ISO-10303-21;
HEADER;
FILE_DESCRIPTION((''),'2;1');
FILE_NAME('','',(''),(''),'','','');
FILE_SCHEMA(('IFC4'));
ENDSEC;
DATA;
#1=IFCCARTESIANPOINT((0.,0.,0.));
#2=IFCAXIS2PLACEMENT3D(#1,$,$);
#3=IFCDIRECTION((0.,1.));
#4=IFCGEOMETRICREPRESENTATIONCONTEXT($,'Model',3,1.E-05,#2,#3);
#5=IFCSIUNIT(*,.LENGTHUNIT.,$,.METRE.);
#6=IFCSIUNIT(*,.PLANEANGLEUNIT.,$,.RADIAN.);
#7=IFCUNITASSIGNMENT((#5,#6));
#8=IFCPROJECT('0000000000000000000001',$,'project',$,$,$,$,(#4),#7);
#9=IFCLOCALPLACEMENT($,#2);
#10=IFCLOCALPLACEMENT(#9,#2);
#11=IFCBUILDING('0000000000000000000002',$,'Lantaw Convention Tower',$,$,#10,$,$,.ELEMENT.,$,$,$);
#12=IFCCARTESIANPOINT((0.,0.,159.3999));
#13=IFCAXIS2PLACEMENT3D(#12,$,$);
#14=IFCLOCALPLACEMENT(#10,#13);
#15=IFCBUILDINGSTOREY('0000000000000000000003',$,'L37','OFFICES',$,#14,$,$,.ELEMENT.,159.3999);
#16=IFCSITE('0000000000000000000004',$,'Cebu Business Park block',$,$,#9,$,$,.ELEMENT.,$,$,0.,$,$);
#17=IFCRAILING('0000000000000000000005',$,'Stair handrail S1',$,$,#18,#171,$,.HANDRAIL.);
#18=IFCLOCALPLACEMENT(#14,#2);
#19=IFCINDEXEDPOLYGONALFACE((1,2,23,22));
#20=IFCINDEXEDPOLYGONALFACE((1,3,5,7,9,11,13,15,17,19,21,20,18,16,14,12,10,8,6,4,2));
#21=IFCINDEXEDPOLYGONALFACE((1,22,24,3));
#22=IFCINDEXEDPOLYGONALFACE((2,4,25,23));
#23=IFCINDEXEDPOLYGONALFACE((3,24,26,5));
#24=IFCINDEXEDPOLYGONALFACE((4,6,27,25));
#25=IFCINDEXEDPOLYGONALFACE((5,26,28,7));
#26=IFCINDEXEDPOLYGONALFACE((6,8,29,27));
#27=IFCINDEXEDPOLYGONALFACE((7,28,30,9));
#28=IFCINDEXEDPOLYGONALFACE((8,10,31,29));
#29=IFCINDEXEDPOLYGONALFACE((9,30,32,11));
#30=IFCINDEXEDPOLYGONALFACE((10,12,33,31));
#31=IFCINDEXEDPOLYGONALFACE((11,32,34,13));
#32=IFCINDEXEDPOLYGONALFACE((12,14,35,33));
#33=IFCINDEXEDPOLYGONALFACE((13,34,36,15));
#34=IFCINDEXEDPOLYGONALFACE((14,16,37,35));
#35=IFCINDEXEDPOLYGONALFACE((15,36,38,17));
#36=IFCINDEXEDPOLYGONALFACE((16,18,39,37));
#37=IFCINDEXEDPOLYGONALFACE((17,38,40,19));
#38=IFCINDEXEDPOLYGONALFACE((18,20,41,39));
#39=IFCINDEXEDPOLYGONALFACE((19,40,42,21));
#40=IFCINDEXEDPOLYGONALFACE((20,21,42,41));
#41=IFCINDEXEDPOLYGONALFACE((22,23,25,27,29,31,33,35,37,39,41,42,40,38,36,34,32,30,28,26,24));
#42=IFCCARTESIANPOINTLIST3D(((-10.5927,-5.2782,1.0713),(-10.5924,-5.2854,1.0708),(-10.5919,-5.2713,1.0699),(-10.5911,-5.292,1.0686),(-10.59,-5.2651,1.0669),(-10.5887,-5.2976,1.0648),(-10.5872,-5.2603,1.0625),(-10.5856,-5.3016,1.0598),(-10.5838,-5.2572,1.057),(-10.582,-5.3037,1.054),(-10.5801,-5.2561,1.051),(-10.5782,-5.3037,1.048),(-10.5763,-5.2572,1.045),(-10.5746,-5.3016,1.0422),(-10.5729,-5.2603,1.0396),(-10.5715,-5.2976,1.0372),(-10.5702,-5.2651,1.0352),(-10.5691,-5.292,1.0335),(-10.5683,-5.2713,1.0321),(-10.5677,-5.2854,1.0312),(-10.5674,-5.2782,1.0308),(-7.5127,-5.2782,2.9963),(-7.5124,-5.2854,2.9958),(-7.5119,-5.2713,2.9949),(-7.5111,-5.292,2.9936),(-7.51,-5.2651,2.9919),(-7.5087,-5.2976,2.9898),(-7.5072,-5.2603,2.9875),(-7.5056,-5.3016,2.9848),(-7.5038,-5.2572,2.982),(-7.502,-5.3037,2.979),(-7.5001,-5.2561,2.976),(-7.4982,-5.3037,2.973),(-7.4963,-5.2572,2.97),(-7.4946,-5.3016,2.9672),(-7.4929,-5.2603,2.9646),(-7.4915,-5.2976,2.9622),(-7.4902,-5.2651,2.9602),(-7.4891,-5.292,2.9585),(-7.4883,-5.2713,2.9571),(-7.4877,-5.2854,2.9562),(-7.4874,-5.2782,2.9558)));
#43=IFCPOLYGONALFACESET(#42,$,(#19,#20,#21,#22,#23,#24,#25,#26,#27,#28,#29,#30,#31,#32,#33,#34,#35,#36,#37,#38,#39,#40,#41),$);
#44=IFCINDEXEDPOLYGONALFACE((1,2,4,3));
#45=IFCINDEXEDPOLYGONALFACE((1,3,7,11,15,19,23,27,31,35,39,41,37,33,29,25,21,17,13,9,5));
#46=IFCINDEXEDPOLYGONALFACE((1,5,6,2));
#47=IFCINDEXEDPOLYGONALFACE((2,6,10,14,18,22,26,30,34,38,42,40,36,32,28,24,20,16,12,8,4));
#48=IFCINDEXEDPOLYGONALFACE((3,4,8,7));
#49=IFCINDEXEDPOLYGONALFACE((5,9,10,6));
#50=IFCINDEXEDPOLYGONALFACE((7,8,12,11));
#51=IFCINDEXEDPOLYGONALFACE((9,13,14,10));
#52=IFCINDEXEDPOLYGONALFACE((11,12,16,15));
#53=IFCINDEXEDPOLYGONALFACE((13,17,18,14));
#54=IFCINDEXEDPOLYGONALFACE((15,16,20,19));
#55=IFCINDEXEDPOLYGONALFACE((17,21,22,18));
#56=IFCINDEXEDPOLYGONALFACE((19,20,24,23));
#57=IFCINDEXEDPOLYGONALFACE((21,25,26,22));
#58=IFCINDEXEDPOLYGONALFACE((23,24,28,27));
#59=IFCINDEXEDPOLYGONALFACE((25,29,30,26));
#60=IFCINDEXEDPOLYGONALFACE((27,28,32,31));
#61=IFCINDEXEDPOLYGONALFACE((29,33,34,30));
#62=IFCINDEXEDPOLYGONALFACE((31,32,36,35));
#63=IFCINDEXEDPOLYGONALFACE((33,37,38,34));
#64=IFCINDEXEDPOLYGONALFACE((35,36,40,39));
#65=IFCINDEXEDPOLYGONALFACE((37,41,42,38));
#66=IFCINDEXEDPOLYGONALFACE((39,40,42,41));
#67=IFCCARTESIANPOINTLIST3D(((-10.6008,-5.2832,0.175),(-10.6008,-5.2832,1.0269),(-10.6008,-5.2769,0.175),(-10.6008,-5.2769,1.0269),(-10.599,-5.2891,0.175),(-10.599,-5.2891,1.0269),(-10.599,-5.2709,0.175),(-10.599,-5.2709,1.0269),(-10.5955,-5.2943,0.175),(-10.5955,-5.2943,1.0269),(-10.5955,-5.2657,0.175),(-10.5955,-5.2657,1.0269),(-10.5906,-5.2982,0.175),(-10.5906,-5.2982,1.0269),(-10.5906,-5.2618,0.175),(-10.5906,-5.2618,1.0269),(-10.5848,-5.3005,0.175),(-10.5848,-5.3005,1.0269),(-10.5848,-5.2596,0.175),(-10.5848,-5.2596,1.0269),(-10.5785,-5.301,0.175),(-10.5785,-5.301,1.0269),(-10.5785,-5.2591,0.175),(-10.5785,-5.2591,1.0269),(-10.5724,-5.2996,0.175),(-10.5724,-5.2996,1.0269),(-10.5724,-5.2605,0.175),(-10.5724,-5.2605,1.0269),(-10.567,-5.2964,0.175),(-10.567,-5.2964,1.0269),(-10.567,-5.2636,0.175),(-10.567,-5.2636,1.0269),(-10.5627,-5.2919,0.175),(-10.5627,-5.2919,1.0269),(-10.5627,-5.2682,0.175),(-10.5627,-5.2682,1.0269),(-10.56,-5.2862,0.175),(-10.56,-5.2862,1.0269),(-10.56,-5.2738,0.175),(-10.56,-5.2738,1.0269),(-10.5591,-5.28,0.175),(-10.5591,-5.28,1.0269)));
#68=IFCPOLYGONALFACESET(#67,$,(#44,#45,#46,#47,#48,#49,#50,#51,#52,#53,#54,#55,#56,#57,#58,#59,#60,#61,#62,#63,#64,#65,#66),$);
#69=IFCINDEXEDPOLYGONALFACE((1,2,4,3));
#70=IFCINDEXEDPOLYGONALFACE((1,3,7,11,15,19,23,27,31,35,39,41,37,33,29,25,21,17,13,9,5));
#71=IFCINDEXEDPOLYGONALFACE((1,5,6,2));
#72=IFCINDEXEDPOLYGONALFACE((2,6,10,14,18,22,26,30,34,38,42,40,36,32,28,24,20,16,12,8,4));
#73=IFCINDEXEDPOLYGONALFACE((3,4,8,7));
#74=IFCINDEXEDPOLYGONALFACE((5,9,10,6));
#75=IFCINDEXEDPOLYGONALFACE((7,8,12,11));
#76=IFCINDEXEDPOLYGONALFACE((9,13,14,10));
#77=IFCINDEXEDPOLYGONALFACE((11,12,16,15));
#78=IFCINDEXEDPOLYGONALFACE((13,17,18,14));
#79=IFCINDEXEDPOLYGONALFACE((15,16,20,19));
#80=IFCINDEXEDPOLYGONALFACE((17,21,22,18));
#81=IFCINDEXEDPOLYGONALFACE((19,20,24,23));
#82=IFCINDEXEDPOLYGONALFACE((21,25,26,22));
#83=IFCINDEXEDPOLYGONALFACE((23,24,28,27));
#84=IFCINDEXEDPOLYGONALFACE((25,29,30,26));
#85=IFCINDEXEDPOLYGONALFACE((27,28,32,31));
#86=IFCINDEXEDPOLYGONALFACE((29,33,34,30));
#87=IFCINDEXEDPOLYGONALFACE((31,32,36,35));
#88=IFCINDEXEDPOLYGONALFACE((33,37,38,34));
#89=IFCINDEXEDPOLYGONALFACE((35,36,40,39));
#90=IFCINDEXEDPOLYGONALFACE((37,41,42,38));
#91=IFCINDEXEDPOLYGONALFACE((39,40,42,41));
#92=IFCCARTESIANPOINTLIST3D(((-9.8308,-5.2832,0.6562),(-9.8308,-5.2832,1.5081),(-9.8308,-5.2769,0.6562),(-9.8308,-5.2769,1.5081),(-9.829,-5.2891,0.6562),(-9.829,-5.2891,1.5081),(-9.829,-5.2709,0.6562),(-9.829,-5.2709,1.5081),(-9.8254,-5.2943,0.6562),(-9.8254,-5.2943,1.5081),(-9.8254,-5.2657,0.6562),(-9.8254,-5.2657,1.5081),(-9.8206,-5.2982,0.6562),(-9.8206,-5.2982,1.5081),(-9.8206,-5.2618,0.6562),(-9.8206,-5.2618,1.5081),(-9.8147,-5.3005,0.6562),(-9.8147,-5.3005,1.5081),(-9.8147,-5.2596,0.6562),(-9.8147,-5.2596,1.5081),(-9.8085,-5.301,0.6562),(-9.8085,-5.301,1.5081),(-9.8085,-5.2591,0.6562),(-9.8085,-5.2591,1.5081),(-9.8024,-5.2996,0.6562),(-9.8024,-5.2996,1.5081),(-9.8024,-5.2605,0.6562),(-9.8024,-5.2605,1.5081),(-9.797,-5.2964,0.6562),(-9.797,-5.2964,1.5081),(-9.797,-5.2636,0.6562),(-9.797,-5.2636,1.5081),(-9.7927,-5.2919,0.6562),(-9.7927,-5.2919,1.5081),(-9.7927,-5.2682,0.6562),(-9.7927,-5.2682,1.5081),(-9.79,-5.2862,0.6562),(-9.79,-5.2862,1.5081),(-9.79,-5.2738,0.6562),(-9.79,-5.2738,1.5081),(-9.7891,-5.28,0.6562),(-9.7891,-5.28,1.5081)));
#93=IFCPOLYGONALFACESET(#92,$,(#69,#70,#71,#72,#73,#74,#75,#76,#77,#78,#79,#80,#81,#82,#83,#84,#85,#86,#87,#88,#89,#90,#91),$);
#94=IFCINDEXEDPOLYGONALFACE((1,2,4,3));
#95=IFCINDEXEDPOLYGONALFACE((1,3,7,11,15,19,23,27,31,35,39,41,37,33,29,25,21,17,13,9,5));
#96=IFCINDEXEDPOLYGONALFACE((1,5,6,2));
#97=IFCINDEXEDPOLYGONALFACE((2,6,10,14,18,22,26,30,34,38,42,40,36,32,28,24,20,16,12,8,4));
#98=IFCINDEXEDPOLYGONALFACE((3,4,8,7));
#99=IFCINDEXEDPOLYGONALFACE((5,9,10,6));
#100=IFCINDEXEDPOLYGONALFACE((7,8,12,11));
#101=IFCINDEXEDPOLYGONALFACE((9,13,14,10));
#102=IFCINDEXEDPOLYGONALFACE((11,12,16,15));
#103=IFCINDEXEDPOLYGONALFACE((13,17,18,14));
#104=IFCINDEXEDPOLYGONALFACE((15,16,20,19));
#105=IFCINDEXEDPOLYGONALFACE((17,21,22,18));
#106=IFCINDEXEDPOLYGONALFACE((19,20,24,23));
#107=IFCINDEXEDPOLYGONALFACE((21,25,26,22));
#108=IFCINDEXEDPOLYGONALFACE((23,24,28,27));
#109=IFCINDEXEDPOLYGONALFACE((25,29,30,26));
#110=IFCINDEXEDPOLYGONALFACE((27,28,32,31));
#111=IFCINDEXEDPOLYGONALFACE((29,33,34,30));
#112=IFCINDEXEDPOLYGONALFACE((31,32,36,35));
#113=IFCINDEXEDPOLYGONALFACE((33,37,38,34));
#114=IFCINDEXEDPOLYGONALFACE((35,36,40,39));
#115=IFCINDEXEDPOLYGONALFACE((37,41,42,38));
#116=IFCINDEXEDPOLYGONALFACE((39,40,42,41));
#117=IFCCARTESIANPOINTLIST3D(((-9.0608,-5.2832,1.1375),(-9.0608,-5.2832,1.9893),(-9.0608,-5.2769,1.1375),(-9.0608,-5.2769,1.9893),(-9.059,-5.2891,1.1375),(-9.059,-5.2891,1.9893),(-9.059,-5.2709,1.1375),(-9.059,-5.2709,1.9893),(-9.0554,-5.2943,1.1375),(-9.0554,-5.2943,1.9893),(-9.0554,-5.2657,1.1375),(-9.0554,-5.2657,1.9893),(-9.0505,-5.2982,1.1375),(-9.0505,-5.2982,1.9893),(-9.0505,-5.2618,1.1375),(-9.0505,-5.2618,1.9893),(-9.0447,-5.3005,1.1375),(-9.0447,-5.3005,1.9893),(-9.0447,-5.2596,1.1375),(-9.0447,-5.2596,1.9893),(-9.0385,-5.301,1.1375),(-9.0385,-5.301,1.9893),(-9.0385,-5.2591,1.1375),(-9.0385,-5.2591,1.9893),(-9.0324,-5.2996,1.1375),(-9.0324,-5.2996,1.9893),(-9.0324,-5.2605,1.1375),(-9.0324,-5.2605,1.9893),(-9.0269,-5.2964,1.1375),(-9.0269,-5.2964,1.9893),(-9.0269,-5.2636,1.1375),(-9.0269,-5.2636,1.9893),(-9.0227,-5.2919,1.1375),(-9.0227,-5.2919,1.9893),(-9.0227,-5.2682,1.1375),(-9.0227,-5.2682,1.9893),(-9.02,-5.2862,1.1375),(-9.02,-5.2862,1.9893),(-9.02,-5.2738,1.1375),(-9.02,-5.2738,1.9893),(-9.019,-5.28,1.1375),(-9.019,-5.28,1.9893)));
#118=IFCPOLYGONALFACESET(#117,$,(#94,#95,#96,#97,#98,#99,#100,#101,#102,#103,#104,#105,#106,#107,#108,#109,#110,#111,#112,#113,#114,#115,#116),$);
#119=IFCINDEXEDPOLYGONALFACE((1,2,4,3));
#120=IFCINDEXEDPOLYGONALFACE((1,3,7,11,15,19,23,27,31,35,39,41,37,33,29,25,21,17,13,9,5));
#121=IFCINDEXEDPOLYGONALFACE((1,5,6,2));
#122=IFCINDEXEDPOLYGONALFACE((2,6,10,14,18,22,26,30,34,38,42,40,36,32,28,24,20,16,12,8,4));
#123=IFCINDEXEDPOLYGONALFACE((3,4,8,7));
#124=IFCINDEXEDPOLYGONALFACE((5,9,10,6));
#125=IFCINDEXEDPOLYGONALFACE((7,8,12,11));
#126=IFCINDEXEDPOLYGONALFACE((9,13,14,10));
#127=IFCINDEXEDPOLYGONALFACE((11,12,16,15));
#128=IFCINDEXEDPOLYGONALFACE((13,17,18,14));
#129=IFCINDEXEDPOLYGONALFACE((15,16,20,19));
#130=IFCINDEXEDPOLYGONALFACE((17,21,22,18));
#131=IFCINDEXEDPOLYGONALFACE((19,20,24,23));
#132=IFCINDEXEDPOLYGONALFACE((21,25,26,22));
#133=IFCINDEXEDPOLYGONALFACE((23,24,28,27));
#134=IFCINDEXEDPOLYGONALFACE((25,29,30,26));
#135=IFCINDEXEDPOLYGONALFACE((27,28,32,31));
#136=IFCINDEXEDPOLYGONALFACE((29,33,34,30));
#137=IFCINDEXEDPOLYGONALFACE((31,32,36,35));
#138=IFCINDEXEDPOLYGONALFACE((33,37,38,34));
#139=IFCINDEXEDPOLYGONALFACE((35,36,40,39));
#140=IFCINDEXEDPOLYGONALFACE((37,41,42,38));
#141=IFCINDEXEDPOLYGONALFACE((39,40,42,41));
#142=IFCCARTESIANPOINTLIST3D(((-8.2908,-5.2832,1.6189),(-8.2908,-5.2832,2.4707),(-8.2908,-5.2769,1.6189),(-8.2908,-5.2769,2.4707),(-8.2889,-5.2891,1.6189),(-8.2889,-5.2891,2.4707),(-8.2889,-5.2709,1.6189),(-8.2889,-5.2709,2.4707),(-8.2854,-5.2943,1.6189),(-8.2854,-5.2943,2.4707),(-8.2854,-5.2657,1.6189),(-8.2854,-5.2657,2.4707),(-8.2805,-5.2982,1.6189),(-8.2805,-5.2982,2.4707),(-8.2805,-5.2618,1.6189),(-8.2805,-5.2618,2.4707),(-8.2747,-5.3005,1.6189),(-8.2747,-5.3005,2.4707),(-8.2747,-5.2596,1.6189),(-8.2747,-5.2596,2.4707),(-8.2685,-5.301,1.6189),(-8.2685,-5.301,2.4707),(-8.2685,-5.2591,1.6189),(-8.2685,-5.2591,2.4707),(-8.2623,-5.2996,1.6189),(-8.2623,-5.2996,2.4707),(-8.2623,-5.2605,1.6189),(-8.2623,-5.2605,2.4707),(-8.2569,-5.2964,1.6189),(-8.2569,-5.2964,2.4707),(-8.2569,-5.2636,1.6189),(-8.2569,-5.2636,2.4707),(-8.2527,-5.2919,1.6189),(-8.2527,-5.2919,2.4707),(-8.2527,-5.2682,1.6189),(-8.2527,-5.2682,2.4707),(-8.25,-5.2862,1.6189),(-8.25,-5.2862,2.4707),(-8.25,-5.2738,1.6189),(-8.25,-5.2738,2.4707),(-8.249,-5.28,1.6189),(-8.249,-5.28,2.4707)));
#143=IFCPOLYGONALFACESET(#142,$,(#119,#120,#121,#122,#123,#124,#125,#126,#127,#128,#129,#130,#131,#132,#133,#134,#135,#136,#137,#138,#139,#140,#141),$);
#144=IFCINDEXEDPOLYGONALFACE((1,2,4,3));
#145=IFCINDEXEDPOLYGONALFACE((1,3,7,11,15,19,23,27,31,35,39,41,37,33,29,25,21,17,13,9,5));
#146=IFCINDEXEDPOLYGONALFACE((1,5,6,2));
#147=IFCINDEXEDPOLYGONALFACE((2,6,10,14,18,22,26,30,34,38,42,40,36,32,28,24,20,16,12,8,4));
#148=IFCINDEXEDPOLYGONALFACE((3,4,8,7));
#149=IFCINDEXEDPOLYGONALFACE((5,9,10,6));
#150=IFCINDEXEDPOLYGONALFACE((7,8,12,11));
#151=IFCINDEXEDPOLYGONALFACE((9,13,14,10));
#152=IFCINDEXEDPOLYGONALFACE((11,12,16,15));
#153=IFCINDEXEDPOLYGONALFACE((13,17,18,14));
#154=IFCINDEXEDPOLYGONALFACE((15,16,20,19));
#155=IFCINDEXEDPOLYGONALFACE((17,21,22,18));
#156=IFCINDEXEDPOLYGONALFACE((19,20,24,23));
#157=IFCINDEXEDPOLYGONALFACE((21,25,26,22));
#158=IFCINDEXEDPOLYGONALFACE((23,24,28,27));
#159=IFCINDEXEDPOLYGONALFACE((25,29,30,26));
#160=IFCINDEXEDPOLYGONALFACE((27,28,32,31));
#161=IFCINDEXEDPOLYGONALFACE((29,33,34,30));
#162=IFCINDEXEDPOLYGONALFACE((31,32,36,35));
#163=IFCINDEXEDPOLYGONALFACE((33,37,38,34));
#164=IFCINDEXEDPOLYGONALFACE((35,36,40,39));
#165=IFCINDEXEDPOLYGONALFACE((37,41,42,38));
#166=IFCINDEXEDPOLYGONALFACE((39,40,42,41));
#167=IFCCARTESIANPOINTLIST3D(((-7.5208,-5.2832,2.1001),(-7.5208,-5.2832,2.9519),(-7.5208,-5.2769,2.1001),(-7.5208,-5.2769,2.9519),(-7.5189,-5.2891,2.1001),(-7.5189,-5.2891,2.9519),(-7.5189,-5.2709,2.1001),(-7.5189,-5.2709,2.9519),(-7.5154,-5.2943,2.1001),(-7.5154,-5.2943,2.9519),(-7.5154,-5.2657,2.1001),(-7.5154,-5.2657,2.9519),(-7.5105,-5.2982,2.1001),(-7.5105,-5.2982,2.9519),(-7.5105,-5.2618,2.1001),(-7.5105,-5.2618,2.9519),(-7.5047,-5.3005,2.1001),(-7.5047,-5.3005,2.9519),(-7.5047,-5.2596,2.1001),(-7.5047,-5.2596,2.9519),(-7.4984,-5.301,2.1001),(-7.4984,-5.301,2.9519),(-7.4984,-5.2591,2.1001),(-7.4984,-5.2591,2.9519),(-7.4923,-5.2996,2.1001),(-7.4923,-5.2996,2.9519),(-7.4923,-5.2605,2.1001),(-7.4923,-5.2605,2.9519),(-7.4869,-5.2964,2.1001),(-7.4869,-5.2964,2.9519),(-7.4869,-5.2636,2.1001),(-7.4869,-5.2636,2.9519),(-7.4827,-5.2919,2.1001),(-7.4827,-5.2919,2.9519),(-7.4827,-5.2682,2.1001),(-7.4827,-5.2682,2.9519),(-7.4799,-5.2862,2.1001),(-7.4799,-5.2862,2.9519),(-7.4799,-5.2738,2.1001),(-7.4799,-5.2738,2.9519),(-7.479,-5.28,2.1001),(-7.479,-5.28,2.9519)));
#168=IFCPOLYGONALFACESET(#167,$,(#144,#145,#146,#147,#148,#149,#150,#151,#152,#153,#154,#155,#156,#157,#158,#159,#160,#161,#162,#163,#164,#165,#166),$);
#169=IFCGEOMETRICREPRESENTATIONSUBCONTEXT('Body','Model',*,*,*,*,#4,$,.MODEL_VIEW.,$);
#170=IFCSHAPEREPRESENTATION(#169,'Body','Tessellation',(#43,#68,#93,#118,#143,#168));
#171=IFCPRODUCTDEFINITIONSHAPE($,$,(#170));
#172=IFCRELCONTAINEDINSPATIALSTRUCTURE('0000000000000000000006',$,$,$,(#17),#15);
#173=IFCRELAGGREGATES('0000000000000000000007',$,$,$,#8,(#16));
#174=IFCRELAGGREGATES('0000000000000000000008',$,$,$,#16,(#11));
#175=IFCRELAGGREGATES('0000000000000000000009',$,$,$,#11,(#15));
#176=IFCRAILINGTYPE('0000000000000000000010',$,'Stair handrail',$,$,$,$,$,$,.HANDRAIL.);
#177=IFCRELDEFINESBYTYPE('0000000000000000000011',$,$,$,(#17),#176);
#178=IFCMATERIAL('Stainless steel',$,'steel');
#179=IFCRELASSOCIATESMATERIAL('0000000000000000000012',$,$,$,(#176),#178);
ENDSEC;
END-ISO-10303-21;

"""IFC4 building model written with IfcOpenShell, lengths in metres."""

from ifc_helpers import new_model, si_unit, direction, frame, origin, origin_2d, place, context, subcontext, project, spatial, circle, extrude, material, type_object, element, save


model = new_model("IFC4")

# Units and contexts
model_context = context("Model", 3, precision=1e-05, world=origin(), true_north=direction((0.0, 1.0)))
body_context = subcontext(model_context, "Body", "Model", "MODEL_VIEW")
ifc_project = project(units=[si_unit("LENGTHUNIT", "METRE"), si_unit("PLANEANGLEUNIT", "RADIAN")], contexts=[model_context])

# Site, building, storey
site_placement = place(None, origin())
site = spatial("IfcSite", under=ifc_project, at=site_placement, Name="Cebu Business Park block", CompositionType="ELEMENT", RefElevation=0.0)
building_placement = place(site_placement, origin())
building = spatial("IfcBuilding", under=site, at=building_placement, Name="Lantaw Convention Tower", CompositionType="ELEMENT")
storey_placement = place(building_placement, frame((0.0, 0.0, 159.3999)))
storey = spatial("IfcBuildingStorey", under=building, at=storey_placement, Name="L37", Description="OFFICES", CompositionType="ELEMENT", Elevation=159.3999)

# Railing
ifc_material_1 = material(Name="Stainless steel", Category="steel")
railing_type = type_object("IfcRailingType", Name="Stair handrail", PredefinedType="HANDRAIL", material=ifc_material_1)
railing_1_placement = place(storey_placement, frame((-10.5801, -5.28, 0.175)))
element("IfcRailing", 1, at=railing_1_placement, inside=storey, type_object=railing_type, Name="Stair handrail S1", PredefinedType="HANDRAIL", context=body_context, shape_type="SweptSolid", body=[
    extrude(circle(Radius=0.0239, at=origin_2d()), frame((0.0, 0.0, 0.876), z_axis=(0.847998, 0.0, 0.529999), x_axis=(0.0, 1.0, 0.0)), (0.0, 0.0, 1.0), 3.6321),
    extrude(circle(Radius=0.021, at=origin_2d()), origin(), (0.0, 0.0, 1.0), 0.8518),
    extrude(circle(Radius=0.021, at=origin_2d()), frame((0.77, 0.0, 0.4812)), (0.0, 0.0, 1.0), 0.8518),
    extrude(circle(Radius=0.021, at=origin_2d()), frame((1.54, 0.0, 0.9624)), (0.0, 0.0, 1.0), 0.8518),
    extrude(circle(Radius=0.021, at=origin_2d()), frame((2.3101, 0.0, 1.4438)), (0.0, 0.0, 1.0), 0.8518),
    extrude(circle(Radius=0.021, at=origin_2d()), frame((3.0801, 0.0, 1.925)), (0.0, 0.0, 1.0), 0.8518),
])

save(model, "model.ifc")
